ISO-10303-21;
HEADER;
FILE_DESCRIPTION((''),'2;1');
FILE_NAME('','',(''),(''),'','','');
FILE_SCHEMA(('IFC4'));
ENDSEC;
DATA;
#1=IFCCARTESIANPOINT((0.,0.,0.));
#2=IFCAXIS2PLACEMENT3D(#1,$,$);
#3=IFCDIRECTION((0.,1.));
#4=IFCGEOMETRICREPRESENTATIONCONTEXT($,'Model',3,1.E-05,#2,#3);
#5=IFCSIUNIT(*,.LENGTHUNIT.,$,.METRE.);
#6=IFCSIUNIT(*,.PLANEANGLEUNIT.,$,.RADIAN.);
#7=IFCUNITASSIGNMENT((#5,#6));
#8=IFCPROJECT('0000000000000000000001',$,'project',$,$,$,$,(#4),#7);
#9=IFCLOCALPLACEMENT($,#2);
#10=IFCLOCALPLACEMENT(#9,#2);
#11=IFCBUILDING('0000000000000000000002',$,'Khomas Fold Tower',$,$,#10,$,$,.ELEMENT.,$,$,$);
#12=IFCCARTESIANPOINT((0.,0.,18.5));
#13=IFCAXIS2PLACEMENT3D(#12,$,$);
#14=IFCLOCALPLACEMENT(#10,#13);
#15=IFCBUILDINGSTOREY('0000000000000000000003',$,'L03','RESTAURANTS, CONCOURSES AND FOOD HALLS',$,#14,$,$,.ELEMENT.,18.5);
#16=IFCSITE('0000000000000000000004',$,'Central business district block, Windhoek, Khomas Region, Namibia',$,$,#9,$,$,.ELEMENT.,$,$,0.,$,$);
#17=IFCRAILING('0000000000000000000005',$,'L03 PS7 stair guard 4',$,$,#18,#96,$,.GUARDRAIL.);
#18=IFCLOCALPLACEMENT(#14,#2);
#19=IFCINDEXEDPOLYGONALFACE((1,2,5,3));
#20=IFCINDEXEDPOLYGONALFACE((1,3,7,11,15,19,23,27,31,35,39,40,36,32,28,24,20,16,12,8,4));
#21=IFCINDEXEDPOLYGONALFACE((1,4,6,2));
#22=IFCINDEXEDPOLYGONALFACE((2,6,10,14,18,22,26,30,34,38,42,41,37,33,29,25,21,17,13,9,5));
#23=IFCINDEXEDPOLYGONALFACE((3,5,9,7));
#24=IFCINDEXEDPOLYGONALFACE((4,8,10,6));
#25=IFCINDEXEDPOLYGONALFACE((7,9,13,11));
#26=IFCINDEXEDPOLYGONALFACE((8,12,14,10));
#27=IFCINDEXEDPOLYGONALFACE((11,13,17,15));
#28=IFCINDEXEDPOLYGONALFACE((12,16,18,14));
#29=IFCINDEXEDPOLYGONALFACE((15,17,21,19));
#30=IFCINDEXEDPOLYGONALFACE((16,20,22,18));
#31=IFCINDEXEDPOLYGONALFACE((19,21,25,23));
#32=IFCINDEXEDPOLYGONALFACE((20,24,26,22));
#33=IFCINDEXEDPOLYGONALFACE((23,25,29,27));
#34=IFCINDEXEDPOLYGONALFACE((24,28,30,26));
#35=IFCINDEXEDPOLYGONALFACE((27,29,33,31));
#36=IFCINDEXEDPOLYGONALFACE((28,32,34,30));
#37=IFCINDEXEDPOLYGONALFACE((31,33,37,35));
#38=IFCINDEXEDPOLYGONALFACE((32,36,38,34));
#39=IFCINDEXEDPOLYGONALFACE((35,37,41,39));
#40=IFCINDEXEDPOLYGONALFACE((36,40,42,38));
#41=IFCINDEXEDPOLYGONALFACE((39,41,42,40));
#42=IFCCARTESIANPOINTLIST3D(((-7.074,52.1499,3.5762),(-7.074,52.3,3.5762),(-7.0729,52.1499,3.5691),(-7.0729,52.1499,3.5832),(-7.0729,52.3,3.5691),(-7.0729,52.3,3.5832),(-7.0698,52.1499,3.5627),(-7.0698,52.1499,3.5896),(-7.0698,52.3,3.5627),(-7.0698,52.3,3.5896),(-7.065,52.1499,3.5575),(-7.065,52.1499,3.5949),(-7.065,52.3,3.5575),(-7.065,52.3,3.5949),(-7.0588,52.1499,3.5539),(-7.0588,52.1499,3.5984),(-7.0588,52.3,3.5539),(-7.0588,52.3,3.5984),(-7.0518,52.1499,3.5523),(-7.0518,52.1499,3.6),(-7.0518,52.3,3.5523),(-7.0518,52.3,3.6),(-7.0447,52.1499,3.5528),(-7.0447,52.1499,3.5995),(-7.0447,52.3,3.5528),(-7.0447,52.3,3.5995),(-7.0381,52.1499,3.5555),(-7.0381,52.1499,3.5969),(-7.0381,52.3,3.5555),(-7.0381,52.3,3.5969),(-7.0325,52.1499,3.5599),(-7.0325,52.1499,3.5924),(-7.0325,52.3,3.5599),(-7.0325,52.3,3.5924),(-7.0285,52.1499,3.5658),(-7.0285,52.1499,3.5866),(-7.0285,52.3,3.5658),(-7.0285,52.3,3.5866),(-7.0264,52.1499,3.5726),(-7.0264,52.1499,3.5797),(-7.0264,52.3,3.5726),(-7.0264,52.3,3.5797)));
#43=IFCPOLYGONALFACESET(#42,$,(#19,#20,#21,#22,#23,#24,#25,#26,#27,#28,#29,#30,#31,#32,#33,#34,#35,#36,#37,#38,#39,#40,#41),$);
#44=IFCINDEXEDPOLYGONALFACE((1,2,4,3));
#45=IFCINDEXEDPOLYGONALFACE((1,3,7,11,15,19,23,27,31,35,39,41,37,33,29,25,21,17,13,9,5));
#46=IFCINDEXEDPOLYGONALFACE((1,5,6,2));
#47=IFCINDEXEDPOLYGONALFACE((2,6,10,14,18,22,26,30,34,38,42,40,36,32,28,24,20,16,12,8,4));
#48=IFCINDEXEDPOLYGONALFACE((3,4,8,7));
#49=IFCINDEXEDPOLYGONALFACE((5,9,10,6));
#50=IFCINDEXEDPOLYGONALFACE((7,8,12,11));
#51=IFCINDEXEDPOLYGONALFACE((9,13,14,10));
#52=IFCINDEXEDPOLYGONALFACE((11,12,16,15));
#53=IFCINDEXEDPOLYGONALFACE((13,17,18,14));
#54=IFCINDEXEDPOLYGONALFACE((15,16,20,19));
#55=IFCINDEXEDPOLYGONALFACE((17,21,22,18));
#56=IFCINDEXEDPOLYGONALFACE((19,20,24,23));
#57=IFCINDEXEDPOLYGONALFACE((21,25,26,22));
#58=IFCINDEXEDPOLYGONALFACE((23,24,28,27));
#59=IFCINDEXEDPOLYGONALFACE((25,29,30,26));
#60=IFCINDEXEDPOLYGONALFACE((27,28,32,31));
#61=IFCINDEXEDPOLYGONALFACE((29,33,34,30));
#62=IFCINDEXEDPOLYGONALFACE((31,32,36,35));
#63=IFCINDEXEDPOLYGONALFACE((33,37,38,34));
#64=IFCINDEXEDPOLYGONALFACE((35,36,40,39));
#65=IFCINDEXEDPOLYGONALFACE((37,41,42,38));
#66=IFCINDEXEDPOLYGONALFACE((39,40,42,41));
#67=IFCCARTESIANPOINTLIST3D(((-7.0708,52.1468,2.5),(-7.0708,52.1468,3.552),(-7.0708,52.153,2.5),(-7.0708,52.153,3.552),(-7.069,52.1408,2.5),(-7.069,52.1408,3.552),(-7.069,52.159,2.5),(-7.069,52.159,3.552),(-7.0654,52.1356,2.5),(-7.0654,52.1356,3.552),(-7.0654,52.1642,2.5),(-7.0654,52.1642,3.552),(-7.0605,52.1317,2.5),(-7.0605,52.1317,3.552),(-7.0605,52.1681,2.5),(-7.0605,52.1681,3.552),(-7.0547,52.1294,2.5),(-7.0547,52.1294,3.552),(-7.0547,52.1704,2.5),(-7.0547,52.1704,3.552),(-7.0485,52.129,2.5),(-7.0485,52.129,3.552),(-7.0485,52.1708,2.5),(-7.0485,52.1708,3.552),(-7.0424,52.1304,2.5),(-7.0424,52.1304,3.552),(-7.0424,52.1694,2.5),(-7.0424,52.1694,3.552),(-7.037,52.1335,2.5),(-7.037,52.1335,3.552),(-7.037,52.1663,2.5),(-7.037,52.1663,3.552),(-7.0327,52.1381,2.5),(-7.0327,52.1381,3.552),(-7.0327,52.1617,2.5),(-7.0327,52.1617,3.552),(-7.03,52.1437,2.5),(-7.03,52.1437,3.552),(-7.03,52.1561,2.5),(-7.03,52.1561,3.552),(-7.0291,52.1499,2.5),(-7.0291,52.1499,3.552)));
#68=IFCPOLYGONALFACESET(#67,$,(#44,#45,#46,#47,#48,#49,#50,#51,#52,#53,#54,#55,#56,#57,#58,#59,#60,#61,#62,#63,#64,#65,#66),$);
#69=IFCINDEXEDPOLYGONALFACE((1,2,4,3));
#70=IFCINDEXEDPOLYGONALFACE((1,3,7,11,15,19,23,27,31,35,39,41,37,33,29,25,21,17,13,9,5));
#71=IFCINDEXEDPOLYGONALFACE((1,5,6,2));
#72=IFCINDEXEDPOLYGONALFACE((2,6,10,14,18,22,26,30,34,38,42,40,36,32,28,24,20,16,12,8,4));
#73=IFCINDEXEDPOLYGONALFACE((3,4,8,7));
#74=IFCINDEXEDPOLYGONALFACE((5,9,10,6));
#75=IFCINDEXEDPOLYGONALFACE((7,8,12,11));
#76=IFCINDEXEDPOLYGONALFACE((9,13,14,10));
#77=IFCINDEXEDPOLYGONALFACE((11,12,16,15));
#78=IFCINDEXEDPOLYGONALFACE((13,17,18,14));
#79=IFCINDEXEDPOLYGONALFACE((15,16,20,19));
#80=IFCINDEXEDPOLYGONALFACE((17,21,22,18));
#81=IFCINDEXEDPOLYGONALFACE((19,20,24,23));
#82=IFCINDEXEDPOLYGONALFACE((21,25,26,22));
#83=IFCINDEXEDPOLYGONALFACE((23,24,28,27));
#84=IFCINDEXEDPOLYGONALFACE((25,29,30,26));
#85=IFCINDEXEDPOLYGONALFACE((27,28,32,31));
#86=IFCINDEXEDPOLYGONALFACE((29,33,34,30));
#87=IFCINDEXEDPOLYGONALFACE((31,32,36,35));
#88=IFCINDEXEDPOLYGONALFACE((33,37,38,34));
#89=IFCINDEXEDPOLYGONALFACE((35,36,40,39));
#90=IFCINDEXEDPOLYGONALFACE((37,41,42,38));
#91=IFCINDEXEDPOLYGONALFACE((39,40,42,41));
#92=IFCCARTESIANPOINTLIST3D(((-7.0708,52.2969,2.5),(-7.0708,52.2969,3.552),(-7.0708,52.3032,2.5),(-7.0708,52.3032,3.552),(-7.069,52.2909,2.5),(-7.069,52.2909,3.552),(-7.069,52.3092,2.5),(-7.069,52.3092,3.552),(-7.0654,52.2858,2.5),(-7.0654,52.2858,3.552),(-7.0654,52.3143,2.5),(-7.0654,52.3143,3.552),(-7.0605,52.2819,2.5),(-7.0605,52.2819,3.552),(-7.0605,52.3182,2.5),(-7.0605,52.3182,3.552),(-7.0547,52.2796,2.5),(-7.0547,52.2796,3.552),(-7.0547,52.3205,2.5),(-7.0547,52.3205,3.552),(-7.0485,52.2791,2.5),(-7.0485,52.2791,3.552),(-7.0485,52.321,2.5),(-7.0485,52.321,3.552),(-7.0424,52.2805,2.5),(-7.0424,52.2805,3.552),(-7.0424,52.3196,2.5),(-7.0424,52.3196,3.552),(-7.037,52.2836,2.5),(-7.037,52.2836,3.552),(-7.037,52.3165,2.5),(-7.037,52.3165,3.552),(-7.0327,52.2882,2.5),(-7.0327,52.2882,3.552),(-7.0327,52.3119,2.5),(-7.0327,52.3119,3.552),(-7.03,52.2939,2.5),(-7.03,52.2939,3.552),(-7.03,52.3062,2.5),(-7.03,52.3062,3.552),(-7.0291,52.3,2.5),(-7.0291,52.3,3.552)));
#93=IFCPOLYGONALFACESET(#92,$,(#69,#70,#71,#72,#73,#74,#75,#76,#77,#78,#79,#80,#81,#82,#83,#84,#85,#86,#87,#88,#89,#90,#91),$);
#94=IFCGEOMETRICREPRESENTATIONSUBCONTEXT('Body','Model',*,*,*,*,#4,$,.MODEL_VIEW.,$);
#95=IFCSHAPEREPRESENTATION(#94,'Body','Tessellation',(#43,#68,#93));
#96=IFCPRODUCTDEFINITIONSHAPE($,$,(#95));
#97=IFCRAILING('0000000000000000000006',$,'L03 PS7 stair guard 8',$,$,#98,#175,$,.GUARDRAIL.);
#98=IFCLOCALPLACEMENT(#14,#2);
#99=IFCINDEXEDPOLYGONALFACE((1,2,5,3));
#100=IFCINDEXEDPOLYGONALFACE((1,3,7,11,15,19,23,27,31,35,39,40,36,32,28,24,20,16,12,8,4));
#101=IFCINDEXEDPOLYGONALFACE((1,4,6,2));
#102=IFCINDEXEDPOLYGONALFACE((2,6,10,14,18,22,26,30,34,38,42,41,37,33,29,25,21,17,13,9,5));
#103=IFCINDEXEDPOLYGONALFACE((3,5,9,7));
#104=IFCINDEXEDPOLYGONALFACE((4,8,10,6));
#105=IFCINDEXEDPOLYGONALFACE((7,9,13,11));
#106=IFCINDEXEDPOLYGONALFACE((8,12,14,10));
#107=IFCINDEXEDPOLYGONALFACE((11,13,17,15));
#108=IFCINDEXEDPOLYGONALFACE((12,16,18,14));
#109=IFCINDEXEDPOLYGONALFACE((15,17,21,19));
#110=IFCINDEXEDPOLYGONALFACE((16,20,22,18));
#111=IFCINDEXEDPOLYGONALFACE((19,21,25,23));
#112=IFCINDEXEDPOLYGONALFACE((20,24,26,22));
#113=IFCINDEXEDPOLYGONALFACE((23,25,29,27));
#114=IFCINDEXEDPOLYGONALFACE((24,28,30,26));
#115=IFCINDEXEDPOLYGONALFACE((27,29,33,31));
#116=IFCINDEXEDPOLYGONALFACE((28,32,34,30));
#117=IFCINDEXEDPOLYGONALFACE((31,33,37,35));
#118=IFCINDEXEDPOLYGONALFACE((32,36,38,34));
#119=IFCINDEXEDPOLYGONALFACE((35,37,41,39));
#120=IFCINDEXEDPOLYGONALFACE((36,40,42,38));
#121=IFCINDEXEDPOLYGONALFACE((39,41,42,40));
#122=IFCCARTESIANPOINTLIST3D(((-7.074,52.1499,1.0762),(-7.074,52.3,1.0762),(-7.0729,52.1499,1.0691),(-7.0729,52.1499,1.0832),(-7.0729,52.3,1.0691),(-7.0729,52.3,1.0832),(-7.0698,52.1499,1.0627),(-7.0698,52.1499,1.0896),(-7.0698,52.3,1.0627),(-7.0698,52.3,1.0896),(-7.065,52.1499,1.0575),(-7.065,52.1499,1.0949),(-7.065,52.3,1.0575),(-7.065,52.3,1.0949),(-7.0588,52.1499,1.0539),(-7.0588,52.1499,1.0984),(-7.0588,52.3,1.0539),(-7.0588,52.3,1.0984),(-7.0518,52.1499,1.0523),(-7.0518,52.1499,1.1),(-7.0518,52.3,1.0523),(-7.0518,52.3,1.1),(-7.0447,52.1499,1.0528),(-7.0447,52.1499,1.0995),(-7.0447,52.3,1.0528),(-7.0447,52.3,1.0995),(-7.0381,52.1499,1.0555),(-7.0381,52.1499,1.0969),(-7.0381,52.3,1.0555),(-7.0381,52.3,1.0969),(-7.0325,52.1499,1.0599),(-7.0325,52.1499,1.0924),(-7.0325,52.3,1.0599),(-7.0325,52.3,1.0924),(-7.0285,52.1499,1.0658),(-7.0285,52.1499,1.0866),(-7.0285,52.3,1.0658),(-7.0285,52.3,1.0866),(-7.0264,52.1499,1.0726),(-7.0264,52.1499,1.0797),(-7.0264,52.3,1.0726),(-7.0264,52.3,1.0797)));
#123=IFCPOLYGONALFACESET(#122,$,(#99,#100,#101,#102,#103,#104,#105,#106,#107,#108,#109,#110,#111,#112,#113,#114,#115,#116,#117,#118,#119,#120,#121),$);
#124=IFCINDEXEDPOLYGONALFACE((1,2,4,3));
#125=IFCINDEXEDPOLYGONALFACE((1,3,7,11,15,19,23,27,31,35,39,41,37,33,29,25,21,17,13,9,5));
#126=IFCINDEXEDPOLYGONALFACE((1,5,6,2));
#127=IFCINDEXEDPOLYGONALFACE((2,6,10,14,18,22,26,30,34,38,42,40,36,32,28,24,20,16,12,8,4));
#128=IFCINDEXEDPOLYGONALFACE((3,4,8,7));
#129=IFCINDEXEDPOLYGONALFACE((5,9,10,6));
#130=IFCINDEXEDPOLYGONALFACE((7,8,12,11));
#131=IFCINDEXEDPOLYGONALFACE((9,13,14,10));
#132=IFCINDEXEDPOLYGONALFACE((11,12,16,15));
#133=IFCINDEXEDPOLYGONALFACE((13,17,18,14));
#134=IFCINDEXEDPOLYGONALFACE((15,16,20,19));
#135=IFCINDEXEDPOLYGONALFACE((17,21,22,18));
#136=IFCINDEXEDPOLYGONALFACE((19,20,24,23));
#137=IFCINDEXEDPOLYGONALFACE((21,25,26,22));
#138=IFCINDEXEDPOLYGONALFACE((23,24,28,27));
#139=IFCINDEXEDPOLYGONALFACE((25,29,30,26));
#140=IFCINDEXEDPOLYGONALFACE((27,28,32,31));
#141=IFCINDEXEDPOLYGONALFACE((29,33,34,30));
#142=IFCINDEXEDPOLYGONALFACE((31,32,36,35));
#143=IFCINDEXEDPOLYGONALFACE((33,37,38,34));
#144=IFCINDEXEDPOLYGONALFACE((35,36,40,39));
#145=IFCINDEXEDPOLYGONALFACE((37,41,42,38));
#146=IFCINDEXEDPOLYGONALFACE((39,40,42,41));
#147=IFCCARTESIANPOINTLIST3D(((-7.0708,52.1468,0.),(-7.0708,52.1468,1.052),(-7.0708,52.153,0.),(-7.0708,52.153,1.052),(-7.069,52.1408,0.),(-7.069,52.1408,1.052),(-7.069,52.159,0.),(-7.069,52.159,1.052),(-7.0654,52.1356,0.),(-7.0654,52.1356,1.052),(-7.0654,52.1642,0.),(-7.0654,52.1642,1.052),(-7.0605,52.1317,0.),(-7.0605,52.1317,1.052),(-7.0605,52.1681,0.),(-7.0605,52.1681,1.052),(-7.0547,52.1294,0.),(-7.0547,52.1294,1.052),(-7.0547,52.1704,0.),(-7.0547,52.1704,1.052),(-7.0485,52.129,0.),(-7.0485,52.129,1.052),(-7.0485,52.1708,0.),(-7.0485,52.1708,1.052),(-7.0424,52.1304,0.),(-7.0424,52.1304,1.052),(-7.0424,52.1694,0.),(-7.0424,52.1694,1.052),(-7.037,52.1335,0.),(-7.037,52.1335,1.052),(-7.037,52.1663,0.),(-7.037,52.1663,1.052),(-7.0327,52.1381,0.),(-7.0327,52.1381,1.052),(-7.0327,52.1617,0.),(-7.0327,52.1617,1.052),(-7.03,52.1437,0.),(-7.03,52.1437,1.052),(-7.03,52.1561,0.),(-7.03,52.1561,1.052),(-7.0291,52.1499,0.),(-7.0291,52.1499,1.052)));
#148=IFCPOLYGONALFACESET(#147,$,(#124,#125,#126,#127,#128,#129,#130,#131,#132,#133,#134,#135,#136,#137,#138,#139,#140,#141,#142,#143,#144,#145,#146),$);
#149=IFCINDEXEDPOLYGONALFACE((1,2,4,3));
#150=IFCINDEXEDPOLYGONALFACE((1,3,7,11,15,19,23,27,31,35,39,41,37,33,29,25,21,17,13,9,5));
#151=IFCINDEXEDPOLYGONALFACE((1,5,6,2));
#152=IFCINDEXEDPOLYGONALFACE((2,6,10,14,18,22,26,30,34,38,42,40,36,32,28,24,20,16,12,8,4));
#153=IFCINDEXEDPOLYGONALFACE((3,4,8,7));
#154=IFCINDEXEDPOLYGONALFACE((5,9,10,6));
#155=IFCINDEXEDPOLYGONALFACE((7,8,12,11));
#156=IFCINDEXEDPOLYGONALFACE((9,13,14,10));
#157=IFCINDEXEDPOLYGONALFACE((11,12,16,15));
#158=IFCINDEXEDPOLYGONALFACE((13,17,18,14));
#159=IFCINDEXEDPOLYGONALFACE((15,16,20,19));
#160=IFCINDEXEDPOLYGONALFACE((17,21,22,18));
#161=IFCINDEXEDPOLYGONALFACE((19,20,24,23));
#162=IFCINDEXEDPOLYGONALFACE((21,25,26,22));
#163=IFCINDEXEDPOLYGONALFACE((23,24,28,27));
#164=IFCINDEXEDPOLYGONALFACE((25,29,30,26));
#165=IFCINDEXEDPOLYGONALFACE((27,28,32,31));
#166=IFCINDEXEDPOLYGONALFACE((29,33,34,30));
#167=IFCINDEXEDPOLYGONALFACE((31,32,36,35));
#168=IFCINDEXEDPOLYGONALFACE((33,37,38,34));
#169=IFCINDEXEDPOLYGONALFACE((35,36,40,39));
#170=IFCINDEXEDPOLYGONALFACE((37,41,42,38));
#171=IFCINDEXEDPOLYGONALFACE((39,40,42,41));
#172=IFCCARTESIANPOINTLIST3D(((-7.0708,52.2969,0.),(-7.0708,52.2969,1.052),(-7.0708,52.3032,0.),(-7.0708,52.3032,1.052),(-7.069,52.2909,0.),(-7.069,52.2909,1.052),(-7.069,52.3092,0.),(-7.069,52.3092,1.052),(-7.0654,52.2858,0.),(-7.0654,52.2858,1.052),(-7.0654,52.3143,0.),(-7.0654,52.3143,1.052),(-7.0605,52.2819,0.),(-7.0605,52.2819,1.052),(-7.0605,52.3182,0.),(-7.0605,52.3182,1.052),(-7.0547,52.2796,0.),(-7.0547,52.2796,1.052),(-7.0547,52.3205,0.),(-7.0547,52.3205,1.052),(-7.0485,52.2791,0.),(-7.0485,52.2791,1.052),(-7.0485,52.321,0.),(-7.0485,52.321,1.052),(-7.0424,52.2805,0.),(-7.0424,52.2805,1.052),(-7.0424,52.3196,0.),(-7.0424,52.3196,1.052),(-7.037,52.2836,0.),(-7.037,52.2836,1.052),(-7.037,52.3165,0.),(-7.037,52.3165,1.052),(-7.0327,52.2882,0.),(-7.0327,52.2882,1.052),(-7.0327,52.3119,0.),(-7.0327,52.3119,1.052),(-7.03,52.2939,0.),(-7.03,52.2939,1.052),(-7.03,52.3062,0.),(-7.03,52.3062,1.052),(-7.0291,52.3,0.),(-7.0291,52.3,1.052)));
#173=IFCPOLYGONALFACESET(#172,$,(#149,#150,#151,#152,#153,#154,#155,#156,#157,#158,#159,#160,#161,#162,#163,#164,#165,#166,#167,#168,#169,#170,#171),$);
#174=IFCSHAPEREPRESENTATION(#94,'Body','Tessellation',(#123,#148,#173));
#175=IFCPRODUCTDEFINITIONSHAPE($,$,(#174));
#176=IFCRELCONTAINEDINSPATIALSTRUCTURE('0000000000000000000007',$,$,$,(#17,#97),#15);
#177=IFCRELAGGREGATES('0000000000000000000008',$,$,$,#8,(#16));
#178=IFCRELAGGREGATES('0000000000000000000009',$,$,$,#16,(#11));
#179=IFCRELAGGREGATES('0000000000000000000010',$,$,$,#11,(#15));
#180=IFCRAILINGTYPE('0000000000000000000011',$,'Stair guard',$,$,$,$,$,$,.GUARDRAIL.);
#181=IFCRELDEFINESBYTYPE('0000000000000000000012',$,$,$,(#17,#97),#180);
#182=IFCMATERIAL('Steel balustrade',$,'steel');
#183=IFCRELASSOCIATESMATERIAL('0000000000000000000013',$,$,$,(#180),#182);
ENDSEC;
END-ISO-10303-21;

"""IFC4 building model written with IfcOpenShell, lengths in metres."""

from ifc_helpers import new_model, si_unit, direction, frame, origin, origin_2d, place, context, subcontext, project, spatial, circle, extrude, source, transform, mapped, material, type_object, element, save


model = new_model("IFC4")

# Units and contexts
model_context = context("Model", 3, precision=1e-05, world=origin(), true_north=direction((0.0, 1.0)))
body_context = subcontext(model_context, "Body", "Model", "MODEL_VIEW")
ifc_project = project(units=[si_unit("LENGTHUNIT", "METRE"), si_unit("PLANEANGLEUNIT", "RADIAN")], contexts=[model_context])

# Site, building, storey
site_placement = place(None, origin())
site = spatial("IfcSite", under=ifc_project, at=site_placement, Name="Central business district block, Windhoek, Khomas Region, Namibia", CompositionType="ELEMENT", RefElevation=0.0)
building_placement = place(site_placement, origin())
building = spatial("IfcBuilding", under=site, at=building_placement, Name="Khomas Fold Tower", CompositionType="ELEMENT")
storey_placement = place(building_placement, frame((0.0, 0.0, 18.5)))
storey = spatial("IfcBuildingStorey", under=building, at=storey_placement, Name="L03", Description="RESTAURANTS, CONCOURSES AND FOOD HALLS", CompositionType="ELEMENT", Elevation=18.5)

# Railings
ifc_material_1 = material(Name="Steel balustrade", Category="steel")
railing_type_1 = type_object("IfcRailingType", Name="Stair guard", PredefinedType="GUARDRAIL", material=ifc_material_1)
shared_shape_1 = source(origin(), body_context, "Body", "SweptSolid", [
    extrude(circle(Radius=0.0239, at=origin_2d()), frame((0.0, 0.0, 1.0762), z_axis=(0.0, 1.0, 0.0), x_axis=(-1.0, 0.0, 0.0)), (0.0, 0.0, 1.0), 0.1501),
    extrude(circle(Radius=0.021, at=origin_2d()), origin(), (0.0, 0.0, 1.0), 1.052),
    extrude(circle(Radius=0.021, at=origin_2d()), frame((0.0, 0.1501, 0.0)), (0.0, 0.0, 1.0), 1.052),
])
for number, where, name in (
    (1, (-7.05, 52.1499, 2.5), "L03 PS7 stair guard 4"),
    (2, (-7.05, 52.1499, 0.0), "L03 PS7 stair guard 8"),
):
    element("IfcRailing", number, at=place(storey_placement, frame(where)), inside=storey, type_object=railing_type_1, Name=name, PredefinedType="GUARDRAIL", context=body_context, shape_type="MappedRepresentation", body=[
        mapped(shared_shape_1, transform((0.0, 0.0, 0.0))),
    ])

save(model, "model.ifc")
